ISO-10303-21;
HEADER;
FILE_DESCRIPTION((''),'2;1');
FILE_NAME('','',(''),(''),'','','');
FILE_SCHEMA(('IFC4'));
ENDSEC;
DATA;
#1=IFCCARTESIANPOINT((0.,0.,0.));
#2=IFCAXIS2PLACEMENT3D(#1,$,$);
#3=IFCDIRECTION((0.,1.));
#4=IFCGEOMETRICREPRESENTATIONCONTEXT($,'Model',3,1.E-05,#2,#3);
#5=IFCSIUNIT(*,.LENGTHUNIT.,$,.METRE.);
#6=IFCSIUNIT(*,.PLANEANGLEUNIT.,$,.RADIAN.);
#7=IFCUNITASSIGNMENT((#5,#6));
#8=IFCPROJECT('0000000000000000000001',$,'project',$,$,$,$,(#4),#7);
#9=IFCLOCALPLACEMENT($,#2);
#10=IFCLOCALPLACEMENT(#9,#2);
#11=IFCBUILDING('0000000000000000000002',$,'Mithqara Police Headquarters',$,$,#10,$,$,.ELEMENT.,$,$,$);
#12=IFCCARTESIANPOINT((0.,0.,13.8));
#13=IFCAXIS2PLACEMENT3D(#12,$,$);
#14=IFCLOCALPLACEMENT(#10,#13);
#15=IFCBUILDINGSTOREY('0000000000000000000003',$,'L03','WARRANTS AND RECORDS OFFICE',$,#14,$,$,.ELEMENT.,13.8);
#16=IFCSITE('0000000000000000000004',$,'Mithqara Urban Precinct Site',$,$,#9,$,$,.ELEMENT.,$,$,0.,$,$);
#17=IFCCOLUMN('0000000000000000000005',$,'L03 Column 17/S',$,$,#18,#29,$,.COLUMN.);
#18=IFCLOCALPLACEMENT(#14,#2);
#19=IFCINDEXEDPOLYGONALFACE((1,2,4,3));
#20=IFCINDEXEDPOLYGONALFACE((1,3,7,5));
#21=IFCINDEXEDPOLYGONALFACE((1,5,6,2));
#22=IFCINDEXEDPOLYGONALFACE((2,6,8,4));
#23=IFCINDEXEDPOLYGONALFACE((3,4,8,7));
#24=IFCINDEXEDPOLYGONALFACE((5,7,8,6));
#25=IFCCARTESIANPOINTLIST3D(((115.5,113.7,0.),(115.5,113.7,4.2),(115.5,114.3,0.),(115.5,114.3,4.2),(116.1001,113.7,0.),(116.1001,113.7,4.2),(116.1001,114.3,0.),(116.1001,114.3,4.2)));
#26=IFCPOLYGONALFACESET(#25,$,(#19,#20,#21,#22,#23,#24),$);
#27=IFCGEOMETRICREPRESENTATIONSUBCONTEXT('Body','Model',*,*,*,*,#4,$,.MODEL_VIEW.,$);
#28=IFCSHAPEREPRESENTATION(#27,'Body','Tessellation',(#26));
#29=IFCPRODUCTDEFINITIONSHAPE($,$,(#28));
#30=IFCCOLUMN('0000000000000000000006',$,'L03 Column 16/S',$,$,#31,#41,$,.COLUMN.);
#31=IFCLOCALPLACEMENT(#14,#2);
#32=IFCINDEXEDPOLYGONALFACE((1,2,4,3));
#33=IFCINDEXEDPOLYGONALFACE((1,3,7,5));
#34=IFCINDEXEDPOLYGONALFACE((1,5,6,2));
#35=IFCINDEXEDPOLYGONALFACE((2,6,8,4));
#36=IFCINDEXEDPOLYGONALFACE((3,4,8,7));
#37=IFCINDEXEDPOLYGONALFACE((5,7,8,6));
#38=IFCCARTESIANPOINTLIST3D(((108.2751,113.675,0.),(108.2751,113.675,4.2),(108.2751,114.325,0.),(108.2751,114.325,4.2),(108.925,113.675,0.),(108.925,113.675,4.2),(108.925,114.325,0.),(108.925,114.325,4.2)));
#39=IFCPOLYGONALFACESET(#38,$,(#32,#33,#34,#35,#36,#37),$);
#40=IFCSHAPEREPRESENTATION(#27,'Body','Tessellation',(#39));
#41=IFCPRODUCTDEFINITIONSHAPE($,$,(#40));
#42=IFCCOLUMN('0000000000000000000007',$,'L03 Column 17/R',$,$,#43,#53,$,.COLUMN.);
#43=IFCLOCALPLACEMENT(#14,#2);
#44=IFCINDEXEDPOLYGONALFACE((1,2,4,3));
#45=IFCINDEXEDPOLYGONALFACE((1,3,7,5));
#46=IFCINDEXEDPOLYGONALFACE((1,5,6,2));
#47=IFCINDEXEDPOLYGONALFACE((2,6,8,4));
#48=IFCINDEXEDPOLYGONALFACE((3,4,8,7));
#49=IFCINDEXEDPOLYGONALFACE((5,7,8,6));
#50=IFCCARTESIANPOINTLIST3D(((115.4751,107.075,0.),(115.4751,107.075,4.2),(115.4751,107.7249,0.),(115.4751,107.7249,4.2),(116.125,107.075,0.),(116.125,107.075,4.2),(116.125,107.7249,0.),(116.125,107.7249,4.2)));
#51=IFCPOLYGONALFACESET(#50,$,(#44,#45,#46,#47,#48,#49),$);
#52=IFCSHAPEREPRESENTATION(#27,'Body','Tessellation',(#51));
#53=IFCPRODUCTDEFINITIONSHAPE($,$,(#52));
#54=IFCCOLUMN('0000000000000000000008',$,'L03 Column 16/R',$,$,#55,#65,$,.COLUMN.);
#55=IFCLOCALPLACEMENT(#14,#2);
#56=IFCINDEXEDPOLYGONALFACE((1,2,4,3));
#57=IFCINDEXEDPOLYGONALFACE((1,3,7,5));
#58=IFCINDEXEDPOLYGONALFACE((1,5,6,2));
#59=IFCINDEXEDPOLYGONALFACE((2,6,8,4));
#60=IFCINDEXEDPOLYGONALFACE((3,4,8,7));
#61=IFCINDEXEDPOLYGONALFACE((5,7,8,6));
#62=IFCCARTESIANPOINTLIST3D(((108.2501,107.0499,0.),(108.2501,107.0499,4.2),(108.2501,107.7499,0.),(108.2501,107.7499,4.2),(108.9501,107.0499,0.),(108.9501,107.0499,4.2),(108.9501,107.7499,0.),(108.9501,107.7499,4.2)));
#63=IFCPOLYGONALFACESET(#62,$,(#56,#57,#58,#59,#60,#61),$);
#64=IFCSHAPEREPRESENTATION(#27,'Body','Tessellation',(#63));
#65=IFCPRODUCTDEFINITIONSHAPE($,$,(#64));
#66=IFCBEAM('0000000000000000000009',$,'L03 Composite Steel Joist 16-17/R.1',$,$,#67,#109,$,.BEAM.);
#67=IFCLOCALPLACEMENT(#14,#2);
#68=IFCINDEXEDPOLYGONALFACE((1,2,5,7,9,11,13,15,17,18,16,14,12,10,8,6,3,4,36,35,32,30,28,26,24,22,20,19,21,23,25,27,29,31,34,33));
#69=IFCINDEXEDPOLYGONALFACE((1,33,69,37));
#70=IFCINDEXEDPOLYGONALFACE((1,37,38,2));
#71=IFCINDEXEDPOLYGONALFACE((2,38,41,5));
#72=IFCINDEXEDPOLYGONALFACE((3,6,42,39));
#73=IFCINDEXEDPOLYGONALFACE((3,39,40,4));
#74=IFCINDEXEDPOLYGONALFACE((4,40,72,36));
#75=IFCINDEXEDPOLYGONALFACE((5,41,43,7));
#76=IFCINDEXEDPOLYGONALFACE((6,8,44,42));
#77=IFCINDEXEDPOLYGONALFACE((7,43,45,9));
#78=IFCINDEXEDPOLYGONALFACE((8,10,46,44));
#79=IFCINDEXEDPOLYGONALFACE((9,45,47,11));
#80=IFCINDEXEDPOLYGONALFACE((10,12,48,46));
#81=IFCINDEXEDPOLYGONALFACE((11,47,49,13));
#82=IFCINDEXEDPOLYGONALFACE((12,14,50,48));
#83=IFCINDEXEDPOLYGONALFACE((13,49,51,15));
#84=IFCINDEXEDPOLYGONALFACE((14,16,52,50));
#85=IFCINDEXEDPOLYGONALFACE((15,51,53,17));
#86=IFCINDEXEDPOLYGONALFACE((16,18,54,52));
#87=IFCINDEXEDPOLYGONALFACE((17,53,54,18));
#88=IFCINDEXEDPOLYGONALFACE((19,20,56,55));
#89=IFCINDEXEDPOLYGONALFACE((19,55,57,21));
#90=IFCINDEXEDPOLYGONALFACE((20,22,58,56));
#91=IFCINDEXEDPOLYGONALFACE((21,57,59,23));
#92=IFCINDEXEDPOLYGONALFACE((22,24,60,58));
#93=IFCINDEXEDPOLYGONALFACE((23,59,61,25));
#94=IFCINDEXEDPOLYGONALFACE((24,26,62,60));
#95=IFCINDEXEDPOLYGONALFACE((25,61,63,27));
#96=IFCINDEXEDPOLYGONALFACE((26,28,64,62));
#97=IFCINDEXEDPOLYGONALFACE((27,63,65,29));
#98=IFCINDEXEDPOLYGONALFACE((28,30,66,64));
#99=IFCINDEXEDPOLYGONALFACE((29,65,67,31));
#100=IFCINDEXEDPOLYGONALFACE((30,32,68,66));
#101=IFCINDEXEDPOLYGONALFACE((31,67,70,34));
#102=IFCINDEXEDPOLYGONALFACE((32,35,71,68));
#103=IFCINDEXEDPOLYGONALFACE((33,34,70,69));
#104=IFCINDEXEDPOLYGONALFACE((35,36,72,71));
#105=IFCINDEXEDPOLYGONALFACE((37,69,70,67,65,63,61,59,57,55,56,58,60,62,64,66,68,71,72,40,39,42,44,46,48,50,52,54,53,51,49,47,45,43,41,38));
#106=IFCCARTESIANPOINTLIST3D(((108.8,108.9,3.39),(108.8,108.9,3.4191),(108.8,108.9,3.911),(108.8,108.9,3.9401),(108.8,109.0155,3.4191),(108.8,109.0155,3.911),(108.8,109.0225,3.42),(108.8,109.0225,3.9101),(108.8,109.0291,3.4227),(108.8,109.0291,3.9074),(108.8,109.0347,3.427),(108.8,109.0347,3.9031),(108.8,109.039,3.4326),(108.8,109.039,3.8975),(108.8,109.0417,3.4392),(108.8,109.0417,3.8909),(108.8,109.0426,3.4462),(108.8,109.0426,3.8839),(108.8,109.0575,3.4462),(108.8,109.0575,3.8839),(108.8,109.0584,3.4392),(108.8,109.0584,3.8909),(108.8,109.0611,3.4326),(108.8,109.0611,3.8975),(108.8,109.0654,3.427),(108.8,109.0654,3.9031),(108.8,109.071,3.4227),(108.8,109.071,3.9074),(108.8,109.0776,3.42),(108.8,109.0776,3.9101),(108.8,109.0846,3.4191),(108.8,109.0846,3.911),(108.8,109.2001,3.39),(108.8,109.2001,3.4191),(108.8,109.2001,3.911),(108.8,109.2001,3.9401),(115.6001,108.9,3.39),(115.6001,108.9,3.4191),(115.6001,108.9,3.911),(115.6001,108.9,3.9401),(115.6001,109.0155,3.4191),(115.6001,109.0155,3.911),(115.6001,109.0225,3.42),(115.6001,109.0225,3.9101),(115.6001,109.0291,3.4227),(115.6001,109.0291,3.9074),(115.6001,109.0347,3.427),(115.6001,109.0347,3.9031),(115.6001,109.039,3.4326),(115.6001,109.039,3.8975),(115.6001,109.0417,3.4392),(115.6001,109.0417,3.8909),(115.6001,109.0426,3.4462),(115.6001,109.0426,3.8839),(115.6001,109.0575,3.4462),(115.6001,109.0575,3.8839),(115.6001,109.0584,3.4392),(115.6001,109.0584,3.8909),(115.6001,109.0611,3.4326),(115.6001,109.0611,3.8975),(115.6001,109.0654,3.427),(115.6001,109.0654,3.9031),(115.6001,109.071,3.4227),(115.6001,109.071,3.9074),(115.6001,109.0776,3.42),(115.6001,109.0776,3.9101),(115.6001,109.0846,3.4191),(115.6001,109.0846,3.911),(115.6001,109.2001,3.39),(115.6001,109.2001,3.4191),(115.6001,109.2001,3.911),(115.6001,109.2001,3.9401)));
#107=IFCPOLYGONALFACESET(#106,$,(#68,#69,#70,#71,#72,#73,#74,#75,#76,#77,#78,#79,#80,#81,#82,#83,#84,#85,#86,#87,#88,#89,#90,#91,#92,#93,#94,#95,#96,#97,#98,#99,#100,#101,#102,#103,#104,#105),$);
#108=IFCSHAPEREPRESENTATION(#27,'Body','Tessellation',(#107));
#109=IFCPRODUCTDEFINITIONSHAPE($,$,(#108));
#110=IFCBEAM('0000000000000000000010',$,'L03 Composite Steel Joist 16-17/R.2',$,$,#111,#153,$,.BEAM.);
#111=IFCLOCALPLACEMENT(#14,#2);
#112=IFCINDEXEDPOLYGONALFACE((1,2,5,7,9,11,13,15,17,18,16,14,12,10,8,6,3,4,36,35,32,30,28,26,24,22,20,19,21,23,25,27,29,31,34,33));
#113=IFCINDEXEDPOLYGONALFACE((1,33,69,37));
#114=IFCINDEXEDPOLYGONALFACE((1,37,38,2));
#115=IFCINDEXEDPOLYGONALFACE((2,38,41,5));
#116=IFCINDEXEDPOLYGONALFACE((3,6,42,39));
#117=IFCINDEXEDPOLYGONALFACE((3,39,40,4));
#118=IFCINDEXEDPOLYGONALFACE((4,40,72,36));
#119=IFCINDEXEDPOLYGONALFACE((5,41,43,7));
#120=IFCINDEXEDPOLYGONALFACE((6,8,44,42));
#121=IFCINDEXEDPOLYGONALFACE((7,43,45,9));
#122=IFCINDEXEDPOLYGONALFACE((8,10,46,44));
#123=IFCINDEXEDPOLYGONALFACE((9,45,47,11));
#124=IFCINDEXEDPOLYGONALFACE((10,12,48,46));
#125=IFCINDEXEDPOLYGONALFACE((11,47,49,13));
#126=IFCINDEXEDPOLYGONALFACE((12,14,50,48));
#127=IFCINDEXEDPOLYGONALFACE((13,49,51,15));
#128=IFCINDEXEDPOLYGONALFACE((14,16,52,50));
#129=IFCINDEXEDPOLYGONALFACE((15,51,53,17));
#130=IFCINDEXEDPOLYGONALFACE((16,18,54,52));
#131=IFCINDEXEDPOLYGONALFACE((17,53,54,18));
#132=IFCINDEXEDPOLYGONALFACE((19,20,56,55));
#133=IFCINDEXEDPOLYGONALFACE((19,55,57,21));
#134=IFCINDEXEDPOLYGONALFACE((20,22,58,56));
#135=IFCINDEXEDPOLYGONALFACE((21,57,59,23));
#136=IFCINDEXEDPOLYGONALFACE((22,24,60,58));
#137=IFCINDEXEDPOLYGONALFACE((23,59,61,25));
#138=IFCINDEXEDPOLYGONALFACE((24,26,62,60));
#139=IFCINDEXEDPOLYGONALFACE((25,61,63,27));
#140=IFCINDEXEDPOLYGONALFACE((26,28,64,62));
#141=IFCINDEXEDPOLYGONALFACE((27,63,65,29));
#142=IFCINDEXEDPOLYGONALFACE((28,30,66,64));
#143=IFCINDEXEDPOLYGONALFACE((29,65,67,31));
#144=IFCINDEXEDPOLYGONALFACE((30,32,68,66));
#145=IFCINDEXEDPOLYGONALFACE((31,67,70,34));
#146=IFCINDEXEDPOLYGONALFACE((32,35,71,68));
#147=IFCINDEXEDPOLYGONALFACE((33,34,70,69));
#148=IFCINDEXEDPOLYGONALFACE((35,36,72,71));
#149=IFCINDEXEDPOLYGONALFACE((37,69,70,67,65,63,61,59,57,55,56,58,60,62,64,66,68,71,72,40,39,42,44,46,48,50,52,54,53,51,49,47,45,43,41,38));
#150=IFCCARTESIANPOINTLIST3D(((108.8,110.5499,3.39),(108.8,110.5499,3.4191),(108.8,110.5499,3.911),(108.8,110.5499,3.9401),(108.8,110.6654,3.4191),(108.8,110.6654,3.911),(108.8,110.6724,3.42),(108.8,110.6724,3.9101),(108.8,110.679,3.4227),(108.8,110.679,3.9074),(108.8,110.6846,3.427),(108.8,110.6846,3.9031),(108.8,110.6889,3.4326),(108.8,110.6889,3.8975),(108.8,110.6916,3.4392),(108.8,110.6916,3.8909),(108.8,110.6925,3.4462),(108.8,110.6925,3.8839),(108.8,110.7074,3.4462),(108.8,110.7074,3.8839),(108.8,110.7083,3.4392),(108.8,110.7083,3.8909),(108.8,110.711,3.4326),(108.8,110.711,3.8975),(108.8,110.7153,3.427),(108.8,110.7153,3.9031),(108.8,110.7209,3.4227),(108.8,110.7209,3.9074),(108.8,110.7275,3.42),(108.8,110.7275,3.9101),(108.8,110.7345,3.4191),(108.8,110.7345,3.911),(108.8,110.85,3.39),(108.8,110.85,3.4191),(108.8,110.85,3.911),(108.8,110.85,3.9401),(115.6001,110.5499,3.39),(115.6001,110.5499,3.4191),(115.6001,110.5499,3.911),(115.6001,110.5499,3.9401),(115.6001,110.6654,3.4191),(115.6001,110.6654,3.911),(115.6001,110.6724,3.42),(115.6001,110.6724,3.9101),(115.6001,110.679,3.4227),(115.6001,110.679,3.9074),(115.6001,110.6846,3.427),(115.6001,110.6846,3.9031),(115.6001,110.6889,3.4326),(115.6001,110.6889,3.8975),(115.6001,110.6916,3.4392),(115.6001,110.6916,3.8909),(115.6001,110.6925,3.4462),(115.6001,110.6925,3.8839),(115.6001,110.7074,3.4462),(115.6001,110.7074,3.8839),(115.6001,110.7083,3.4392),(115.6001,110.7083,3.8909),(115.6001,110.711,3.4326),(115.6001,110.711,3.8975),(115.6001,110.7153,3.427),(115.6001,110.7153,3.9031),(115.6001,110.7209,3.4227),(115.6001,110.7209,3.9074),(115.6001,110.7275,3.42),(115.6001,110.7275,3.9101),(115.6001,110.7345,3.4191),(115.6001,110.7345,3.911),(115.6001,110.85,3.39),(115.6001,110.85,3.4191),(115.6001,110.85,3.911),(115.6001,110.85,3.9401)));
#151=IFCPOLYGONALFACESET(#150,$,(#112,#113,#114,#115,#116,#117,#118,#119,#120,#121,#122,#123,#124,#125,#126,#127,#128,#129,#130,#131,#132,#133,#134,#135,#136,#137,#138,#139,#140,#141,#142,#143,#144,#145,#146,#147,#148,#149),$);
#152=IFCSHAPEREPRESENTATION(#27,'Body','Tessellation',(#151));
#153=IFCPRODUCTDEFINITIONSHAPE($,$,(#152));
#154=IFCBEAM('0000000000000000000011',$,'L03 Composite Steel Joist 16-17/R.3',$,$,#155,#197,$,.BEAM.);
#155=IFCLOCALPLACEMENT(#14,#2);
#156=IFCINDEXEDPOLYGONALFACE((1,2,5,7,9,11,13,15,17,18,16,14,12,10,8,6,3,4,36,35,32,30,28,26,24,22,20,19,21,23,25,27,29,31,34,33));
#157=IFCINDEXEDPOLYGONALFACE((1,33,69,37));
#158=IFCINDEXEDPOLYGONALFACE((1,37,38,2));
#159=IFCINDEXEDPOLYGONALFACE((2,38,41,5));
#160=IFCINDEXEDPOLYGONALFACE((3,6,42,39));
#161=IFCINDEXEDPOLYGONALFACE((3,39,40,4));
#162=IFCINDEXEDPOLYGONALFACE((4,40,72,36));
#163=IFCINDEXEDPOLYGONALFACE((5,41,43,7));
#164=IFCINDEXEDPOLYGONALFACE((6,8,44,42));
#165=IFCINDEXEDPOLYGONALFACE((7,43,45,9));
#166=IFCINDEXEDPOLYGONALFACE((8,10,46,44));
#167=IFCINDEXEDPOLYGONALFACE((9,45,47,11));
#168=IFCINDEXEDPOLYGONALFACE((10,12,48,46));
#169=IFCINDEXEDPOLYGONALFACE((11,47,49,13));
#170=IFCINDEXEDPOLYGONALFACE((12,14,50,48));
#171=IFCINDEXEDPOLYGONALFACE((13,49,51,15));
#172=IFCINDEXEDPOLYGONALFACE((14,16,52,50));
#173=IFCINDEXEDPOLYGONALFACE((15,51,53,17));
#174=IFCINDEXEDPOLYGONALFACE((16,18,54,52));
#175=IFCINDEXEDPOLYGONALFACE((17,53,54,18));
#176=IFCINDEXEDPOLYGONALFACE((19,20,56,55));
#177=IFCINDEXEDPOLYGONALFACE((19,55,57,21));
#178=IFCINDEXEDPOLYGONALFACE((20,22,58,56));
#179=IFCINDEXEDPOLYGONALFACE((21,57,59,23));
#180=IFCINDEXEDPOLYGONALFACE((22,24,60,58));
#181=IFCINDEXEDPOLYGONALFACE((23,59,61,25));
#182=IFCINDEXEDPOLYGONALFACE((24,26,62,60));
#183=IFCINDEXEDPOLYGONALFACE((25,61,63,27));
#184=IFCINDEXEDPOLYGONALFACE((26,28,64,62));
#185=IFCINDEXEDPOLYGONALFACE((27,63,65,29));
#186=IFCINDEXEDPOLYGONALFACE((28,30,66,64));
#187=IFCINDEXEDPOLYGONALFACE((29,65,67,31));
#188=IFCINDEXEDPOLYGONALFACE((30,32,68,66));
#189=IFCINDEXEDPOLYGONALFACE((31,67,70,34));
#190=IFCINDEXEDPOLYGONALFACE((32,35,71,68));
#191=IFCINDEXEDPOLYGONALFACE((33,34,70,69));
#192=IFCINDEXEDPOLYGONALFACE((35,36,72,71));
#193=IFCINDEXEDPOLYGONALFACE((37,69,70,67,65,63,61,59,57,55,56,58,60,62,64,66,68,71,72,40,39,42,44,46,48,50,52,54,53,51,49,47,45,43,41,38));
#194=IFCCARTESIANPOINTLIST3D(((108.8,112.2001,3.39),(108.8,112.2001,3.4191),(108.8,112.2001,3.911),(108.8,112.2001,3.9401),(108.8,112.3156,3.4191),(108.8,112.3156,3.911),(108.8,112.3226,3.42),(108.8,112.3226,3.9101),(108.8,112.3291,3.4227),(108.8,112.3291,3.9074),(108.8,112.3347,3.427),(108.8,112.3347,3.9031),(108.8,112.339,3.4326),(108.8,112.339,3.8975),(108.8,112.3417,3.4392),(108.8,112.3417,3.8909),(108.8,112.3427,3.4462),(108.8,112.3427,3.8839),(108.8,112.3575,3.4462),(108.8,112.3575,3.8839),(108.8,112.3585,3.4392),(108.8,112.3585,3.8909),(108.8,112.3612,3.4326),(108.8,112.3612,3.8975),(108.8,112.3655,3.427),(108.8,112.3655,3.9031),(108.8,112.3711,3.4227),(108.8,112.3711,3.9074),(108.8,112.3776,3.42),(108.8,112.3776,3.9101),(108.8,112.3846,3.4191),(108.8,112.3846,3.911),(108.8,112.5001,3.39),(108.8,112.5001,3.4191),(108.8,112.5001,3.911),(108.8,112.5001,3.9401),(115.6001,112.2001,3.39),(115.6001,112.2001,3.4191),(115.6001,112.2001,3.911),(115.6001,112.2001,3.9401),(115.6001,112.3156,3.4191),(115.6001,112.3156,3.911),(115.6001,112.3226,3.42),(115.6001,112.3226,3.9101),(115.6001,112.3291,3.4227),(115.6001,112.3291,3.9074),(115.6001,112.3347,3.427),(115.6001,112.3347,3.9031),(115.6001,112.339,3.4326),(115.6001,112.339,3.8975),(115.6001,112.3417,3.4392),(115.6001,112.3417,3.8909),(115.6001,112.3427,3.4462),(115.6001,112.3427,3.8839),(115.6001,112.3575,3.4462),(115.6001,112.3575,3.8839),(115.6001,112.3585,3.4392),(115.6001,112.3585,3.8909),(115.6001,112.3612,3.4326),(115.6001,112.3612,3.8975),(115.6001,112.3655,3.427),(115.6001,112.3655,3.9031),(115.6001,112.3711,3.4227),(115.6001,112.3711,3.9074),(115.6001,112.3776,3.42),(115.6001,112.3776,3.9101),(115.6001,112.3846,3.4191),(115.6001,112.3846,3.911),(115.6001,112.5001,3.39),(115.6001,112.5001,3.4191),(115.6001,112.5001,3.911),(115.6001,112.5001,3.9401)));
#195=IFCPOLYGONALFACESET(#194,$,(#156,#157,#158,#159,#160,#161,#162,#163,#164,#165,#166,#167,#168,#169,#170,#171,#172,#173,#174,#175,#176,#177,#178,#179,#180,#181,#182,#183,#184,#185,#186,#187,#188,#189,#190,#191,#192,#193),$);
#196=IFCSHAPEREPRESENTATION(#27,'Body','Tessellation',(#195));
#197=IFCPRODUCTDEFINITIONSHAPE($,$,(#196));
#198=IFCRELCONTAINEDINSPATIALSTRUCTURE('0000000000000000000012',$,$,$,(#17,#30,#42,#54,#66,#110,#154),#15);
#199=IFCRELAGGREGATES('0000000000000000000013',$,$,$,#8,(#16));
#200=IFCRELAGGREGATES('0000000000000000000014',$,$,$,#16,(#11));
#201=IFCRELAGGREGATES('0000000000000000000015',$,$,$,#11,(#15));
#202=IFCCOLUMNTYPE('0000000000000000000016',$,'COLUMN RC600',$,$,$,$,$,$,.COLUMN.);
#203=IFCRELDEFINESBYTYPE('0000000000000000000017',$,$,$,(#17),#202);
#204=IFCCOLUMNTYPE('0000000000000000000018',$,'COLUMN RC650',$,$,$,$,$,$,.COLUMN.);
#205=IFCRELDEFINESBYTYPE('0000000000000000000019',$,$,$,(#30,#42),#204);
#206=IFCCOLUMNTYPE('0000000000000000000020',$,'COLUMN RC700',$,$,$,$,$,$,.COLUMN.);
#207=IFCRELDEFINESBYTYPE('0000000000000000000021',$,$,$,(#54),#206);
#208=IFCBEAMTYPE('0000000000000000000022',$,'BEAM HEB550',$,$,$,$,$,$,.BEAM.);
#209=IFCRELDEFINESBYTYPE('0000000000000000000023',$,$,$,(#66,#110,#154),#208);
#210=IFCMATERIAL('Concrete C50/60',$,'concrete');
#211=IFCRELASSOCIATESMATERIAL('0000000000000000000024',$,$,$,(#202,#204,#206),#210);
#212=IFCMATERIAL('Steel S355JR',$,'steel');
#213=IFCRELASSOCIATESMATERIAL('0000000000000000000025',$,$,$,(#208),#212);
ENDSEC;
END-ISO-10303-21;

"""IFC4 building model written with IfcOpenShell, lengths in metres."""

from ifc_helpers import new_model, si_unit, direction, frame, origin, origin_2d, place, context, subcontext, project, spatial, rectangle, i_section, extrude, material, material_profile, profile_set, type_object, element, save


model = new_model("IFC4")

# Units and contexts
model_context = context("Model", 3, precision=1e-05, world=origin(), true_north=direction((0.0, 1.0)))
body_context = subcontext(model_context, "Body", "Model", "MODEL_VIEW")
ifc_project = project(units=[si_unit("LENGTHUNIT", "METRE"), si_unit("PLANEANGLEUNIT", "RADIAN")], contexts=[model_context])

# Site, building, storey
site_placement = place(None, origin())
site = spatial("IfcSite", under=ifc_project, at=site_placement, Name="Mithqara Urban Precinct Site", CompositionType="ELEMENT", RefElevation=0.0)
building_placement = place(site_placement, origin())
building = spatial("IfcBuilding", under=site, at=building_placement, Name="Mithqara Police Headquarters", CompositionType="ELEMENT")
storey_placement = place(building_placement, frame((0.0, 0.0, 13.8)))
storey = spatial("IfcBuildingStorey", under=building, at=storey_placement, Name="L03", Description="WARRANTS AND RECORDS OFFICE", CompositionType="ELEMENT", Elevation=13.8)

# Columns
ifc_material_1 = material(Name="Concrete C50/60", Category="concrete")
ifc_material_profile_1 = material_profile(ifc_material_1, rectangle(XDim=0.6001, YDim=0.6001, at=origin_2d()), Name="RC 600x600")
ifc_profile_set_1 = profile_set([ifc_material_profile_1], Name="Concrete C50/60")
column_type_1 = type_object("IfcColumnType", Name="COLUMN RC600", PredefinedType="COLUMN", material=ifc_profile_set_1)
column_1_placement = place(storey_placement, frame((115.8, 114.0, 0.0), z_axis=(0.0, 0.0, 1.0), x_axis=(1.0, 0.0, 0.0)))
element("IfcColumn", 1, at=column_1_placement, inside=storey, type_object=column_type_1, Name="L03 Column 17/S", PredefinedType="COLUMN", context=body_context, shape_type="SweptSolid", body=[
    extrude(rectangle(XDim=0.6001, YDim=0.6001, at=origin_2d()), origin(), (0.0, 0.0, 1.0), 4.2),
])
ifc_material_profile_2 = material_profile(ifc_material_1, rectangle(XDim=0.6499, YDim=0.6499, at=origin_2d()), Name="RC 650x650")
ifc_profile_set_2 = profile_set([ifc_material_profile_2], Name="Concrete C50/60")
column_type_2 = type_object("IfcColumnType", Name="COLUMN RC650", PredefinedType="COLUMN", material=ifc_profile_set_2)
for number, where, z_axis, x_axis, name in (
    (2, (108.6001, 114.0, 0.0), (0.0, 0.0, 1.0), (1.0, 0.0, 0.0), "L03 Column 16/S"),
    (3, (115.8, 107.3999, 0.0), (0.0, 0.0, 1.0), (1.0, 0.0, 0.0), "L03 Column 17/R"),
):
    element("IfcColumn", number, at=place(storey_placement, frame(where, z_axis=z_axis, x_axis=x_axis)), inside=storey, type_object=column_type_2, Name=name, PredefinedType="COLUMN", context=body_context, shape_type="SweptSolid", body=[
        extrude(rectangle(XDim=0.6499, YDim=0.6499, at=origin_2d()), origin(), (0.0, 0.0, 1.0), 4.2),
    ])
ifc_material_profile_3 = material_profile(ifc_material_1, rectangle(XDim=0.7, YDim=0.7, at=origin_2d()), Name="RC 700x700")
ifc_profile_set_3 = profile_set([ifc_material_profile_3], Name="Concrete C50/60")
column_type_3 = type_object("IfcColumnType", Name="COLUMN RC700", PredefinedType="COLUMN", material=ifc_profile_set_3)
column_2_placement = place(storey_placement, frame((108.6001, 107.3999, 0.0), z_axis=(0.0, 0.0, 1.0), x_axis=(1.0, 0.0, 0.0)))
element("IfcColumn", 4, at=column_2_placement, inside=storey, type_object=column_type_3, Name="L03 Column 16/R", PredefinedType="COLUMN", context=body_context, shape_type="SweptSolid", body=[
    extrude(rectangle(XDim=0.7, YDim=0.7, at=origin_2d()), origin(), (0.0, 0.0, 1.0), 4.2),
])

# Beams
ifc_material_2 = material(Name="Steel S355JR", Category="steel")
ifc_material_profile_4 = material_profile(ifc_material_2, i_section(OverallWidth=0.3, OverallDepth=0.55, WebThickness=0.0149, FlangeThickness=0.0291, FilletRadius=0.0271, at=origin_2d()), Name="HEB 550")
ifc_profile_set_4 = profile_set([ifc_material_profile_4], Name="Steel S355JR")
beam_type_1 = type_object("IfcBeamType", Name="BEAM HEB550", PredefinedType="BEAM", material=ifc_profile_set_4)
for number, where, z_axis, x_axis, name in (
    (5, (108.8, 109.05, 3.665), (1.0, 0.0, 0.0), (0.0, 1.0, 0.0), "L03 Composite Steel Joist 16-17/R.1"),
    (6, (108.8, 110.7, 3.665), (1.0, 0.0, 0.0), (0.0, 1.0, 0.0), "L03 Composite Steel Joist 16-17/R.2"),
    (7, (108.8, 112.3501, 3.665), (1.0, 0.0, 0.0), (0.0, 1.0, 0.0), "L03 Composite Steel Joist 16-17/R.3"),
):
    element("IfcBeam", number, at=place(storey_placement, frame(where, z_axis=z_axis, x_axis=x_axis)), inside=storey, type_object=beam_type_1, Name=name, PredefinedType="BEAM", context=body_context, shape_type="SweptSolid", body=[
        extrude(i_section(OverallWidth=0.3, OverallDepth=0.55, WebThickness=0.0149, FlangeThickness=0.0291, FilletRadius=0.0271, at=origin_2d()), origin(), (0.0, 0.0, 1.0), 6.8),
    ])

save(model, "model.ifc")
